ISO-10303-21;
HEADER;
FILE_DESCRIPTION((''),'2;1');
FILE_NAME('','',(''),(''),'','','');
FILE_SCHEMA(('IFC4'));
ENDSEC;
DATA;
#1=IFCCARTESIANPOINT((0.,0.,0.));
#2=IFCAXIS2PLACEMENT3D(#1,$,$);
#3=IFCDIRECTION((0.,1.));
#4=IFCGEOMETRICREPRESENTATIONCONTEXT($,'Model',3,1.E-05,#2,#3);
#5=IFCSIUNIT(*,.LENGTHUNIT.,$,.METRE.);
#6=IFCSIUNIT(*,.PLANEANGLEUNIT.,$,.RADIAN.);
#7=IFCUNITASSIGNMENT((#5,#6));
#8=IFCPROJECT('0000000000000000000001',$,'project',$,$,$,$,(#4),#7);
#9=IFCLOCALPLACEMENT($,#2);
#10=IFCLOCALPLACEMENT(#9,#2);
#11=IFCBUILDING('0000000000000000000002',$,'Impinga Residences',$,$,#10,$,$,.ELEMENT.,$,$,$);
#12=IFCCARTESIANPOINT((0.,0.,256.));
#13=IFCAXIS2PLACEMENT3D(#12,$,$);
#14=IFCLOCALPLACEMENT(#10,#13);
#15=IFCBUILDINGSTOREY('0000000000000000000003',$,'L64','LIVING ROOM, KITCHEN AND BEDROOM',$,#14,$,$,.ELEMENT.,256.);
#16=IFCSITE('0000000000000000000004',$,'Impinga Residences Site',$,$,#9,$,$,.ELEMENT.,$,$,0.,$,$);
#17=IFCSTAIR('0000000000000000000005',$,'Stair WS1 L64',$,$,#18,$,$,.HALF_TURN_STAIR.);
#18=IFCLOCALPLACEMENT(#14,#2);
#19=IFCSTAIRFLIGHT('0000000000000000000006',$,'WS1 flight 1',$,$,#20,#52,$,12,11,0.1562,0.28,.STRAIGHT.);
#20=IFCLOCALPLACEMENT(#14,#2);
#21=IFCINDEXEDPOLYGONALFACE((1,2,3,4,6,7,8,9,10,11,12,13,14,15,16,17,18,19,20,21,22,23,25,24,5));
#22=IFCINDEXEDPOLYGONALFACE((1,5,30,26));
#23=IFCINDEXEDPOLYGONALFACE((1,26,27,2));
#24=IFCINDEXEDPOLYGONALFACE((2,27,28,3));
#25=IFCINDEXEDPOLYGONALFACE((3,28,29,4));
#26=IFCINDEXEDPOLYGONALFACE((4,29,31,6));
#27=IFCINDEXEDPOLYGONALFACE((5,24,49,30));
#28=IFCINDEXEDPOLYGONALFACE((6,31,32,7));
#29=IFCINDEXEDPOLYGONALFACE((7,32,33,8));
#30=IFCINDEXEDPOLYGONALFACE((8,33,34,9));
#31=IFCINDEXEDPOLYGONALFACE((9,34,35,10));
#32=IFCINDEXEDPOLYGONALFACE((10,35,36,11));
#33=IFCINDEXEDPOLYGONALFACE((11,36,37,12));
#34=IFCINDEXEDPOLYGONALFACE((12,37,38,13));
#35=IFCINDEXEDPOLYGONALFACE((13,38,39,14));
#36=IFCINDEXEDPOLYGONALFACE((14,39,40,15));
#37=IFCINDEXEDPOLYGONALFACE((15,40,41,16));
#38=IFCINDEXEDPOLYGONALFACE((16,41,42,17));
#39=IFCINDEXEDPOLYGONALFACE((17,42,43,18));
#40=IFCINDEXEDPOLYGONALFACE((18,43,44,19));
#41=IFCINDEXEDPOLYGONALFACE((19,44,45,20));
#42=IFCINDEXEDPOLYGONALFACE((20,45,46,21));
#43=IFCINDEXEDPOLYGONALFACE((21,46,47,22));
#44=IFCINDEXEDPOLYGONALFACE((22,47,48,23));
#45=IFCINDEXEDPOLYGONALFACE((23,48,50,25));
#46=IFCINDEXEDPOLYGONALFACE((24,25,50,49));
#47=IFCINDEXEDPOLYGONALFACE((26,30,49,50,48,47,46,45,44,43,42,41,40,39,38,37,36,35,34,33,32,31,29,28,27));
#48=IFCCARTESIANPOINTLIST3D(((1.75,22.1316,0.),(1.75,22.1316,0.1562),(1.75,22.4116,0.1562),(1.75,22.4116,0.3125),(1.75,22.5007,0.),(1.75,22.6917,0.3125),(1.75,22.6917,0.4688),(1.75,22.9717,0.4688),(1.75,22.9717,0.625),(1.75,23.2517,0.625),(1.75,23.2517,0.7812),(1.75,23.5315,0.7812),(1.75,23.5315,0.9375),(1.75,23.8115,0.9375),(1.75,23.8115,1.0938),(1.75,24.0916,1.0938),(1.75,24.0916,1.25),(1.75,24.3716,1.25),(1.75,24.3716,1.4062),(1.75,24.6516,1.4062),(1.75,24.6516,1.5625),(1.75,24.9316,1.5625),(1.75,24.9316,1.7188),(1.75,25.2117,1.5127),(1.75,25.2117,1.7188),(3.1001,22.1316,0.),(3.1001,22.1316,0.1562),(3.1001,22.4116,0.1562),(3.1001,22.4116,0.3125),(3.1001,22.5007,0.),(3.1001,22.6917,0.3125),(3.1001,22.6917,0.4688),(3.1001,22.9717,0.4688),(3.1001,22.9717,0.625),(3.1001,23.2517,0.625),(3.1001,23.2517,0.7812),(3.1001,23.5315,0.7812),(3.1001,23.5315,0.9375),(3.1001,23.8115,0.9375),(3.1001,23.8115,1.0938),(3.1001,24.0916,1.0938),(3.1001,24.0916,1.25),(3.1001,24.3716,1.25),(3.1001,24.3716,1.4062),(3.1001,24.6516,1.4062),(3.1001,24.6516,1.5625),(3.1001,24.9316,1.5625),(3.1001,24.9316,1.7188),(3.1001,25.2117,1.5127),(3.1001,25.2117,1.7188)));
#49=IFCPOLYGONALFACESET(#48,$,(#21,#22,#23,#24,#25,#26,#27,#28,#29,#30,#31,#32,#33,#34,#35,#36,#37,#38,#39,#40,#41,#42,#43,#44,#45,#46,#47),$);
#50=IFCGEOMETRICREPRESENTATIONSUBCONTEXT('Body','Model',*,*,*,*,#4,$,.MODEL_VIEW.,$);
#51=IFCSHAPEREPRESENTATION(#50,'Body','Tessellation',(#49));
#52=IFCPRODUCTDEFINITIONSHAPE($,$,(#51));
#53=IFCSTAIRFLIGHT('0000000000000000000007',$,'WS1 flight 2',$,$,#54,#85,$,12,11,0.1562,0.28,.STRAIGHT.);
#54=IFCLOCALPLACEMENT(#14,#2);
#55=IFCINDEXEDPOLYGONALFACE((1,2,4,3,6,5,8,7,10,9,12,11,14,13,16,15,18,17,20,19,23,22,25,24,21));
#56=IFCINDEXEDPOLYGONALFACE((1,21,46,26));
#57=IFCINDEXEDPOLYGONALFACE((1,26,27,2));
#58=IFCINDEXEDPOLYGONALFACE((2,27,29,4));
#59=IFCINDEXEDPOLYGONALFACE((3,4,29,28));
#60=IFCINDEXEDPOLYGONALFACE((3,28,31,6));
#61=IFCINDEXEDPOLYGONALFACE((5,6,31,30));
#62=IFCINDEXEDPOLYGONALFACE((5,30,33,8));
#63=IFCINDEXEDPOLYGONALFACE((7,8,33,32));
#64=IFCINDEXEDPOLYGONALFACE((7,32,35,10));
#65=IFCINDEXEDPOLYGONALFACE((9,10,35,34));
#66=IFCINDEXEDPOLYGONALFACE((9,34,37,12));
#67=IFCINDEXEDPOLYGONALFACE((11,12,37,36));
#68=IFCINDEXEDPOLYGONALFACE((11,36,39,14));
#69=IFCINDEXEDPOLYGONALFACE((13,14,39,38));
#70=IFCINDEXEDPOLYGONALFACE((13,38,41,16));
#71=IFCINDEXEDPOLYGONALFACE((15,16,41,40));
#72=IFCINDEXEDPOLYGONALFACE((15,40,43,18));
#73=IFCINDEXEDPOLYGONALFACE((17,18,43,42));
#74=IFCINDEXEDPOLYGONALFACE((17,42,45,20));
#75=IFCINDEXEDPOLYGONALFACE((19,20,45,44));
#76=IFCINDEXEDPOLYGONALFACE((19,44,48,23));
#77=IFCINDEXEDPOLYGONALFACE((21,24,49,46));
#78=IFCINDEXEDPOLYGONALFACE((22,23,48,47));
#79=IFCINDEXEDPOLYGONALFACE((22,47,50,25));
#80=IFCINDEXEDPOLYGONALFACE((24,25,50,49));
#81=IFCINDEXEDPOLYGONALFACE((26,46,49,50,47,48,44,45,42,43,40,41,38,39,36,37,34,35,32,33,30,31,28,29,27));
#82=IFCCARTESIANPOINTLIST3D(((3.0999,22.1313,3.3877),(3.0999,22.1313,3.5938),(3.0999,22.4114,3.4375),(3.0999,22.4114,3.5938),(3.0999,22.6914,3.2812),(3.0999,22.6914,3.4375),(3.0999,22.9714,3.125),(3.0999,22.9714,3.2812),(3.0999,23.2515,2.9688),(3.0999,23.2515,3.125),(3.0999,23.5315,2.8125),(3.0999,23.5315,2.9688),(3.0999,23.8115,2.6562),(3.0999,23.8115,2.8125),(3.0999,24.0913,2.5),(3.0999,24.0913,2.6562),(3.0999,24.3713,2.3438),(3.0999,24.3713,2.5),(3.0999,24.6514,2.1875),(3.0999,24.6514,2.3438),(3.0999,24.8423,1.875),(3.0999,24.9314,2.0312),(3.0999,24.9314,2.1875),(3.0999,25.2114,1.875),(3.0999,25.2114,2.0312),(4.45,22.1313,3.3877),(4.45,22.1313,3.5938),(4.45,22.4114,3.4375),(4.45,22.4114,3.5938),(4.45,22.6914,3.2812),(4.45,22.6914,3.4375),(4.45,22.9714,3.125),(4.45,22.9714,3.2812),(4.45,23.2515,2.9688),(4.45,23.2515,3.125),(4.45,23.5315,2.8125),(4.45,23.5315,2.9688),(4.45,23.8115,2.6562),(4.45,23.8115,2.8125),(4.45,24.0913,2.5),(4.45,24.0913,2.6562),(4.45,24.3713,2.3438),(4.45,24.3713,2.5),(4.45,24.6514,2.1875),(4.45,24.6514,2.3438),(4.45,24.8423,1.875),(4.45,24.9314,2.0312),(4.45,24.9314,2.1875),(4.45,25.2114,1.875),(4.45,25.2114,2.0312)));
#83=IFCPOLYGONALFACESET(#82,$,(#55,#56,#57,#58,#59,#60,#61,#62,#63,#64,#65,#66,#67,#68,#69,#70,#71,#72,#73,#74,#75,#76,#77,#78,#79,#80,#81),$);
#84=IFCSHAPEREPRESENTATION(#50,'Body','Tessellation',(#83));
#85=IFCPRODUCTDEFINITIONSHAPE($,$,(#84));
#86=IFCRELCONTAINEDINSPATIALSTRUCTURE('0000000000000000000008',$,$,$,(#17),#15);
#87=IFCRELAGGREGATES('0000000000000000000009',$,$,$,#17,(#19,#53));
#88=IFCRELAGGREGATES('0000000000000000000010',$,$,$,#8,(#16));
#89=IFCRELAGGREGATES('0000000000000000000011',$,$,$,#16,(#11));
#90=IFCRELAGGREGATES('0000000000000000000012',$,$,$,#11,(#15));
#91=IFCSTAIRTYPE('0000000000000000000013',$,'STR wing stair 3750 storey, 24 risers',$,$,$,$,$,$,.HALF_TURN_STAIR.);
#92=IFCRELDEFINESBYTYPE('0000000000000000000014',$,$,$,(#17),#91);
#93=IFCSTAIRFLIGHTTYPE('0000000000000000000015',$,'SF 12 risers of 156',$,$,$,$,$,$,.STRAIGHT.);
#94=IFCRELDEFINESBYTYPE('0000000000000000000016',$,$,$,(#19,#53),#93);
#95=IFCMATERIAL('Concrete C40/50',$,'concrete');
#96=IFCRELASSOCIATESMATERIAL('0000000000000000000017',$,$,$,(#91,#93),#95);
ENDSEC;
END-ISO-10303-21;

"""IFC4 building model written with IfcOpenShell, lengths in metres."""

from ifc_helpers import new_model, si_unit, direction, frame, origin, place, context, subcontext, project, spatial, polyline, outline, extrude, material, type_object, element, aggregate, save


model = new_model("IFC4")

# Units and contexts
model_context = context("Model", 3, precision=1e-05, world=origin(), true_north=direction((0.0, 1.0)))
body_context = subcontext(model_context, "Body", "Model", "MODEL_VIEW")
ifc_project = project(units=[si_unit("LENGTHUNIT", "METRE"), si_unit("PLANEANGLEUNIT", "RADIAN")], contexts=[model_context])

# Site, building, storey
site_placement = place(None, origin())
site = spatial("IfcSite", under=ifc_project, at=site_placement, Name="Impinga Residences Site", CompositionType="ELEMENT", RefElevation=0.0)
building_placement = place(site_placement, origin())
building = spatial("IfcBuilding", under=site, at=building_placement, Name="Impinga Residences", CompositionType="ELEMENT")
storey_placement = place(building_placement, frame((0.0, 0.0, 256.0)))
storey = spatial("IfcBuildingStorey", under=building, at=storey_placement, Name="L64", Description="LIVING ROOM, KITCHEN AND BEDROOM", CompositionType="ELEMENT", Elevation=256.0)

# Stair, stair flights
ifc_material_1 = material(Name="Concrete C40/50", Category="concrete")
stair_type = type_object("IfcStairType", Name="STR wing stair 3750 storey, 24 risers", PredefinedType="HALF_TURN_STAIR", material=ifc_material_1)
stair_placement = place(storey_placement, origin())
stair = element("IfcStair", 1, at=stair_placement, inside=storey, type_object=stair_type, Name="Stair WS1 L64", PredefinedType="HALF_TURN_STAIR")
stair_flight_type = type_object("IfcStairFlightType", Name="SF 12 risers of 156", PredefinedType="STRAIGHT", material=ifc_material_1)
stair_flight_1_placement = place(storey_placement, frame((2.425, 22.1316, 0.0), z_axis=(0.0, 0.0, 1.0), x_axis=(0.0, 1.0, 0.0)))
stair_flight_1 = element("IfcStairFlight", 2, at=stair_flight_1_placement, type_object=stair_flight_type, Name="WS1 flight 1", NumberOfRisers=12, NumberOfTreads=11, PredefinedType="STRAIGHT", RiserHeight=0.1562, TreadLength=0.28, context=body_context, shape_type="SweptSolid", body=[
    extrude(outline(polyline([(0.0, 0.0), (0.0, 0.1562), (0.28, 0.1562), (0.28, 0.3125), (0.5601, 0.3125), (0.5601, 0.4688), (0.8401, 0.4688), (0.8401, 0.625), (1.1201, 0.625), (1.1201, 0.7812), (1.3999, 0.7812), (1.3999, 0.9375), (1.6799, 0.9375), (1.6799, 1.0938), (1.96, 1.0938), (1.96, 1.25), (2.24, 1.25), (2.24, 1.4062), (2.52, 1.4062), (2.52, 1.5625), (2.8, 1.5625), (2.8, 1.7188), (3.0801, 1.7188), (3.0801, 1.875), (3.0801, 1.5127), (0.3691, 0.0), (0.0, 0.0)])), frame((0.0, 0.675, 0.0), z_axis=(0.0, -1.0, 0.0), x_axis=(1.0, 0.0, 0.0)), (0.0, 0.0, 1.0), 1.3501),
])
stair_flight_2_placement = place(storey_placement, frame((3.7749, 25.2114, 1.875), z_axis=(0.0, 0.0, 1.0), x_axis=(0.0, -1.0, 0.0)))
stair_flight_2 = element("IfcStairFlight", 3, at=stair_flight_2_placement, type_object=stair_flight_type, Name="WS1 flight 2", NumberOfRisers=12, NumberOfTreads=11, PredefinedType="STRAIGHT", RiserHeight=0.1562, TreadLength=0.28, context=body_context, shape_type="SweptSolid", body=[
    extrude(outline(polyline([(0.0, 0.0), (0.0, 0.1562), (0.28, 0.1562), (0.28, 0.3125), (0.5601, 0.3125), (0.5601, 0.4688), (0.8401, 0.4688), (0.8401, 0.625), (1.1201, 0.625), (1.1201, 0.7812), (1.3999, 0.7812), (1.3999, 0.9375), (1.6799, 0.9375), (1.6799, 1.0938), (1.96, 1.0938), (1.96, 1.25), (2.24, 1.25), (2.24, 1.4062), (2.52, 1.4062), (2.52, 1.5625), (2.8, 1.5625), (2.8, 1.7188), (3.0801, 1.7188), (3.0801, 1.875), (3.0801, 1.5127), (0.3691, 0.0), (0.0, 0.0)])), frame((0.0, 0.675, 0.0), z_axis=(0.0, -1.0, 0.0), x_axis=(1.0, 0.0, 0.0)), (0.0, 0.0, 1.0), 1.3501),
])
aggregate(stair, [stair_flight_1, stair_flight_2])

save(model, "model.ifc")
